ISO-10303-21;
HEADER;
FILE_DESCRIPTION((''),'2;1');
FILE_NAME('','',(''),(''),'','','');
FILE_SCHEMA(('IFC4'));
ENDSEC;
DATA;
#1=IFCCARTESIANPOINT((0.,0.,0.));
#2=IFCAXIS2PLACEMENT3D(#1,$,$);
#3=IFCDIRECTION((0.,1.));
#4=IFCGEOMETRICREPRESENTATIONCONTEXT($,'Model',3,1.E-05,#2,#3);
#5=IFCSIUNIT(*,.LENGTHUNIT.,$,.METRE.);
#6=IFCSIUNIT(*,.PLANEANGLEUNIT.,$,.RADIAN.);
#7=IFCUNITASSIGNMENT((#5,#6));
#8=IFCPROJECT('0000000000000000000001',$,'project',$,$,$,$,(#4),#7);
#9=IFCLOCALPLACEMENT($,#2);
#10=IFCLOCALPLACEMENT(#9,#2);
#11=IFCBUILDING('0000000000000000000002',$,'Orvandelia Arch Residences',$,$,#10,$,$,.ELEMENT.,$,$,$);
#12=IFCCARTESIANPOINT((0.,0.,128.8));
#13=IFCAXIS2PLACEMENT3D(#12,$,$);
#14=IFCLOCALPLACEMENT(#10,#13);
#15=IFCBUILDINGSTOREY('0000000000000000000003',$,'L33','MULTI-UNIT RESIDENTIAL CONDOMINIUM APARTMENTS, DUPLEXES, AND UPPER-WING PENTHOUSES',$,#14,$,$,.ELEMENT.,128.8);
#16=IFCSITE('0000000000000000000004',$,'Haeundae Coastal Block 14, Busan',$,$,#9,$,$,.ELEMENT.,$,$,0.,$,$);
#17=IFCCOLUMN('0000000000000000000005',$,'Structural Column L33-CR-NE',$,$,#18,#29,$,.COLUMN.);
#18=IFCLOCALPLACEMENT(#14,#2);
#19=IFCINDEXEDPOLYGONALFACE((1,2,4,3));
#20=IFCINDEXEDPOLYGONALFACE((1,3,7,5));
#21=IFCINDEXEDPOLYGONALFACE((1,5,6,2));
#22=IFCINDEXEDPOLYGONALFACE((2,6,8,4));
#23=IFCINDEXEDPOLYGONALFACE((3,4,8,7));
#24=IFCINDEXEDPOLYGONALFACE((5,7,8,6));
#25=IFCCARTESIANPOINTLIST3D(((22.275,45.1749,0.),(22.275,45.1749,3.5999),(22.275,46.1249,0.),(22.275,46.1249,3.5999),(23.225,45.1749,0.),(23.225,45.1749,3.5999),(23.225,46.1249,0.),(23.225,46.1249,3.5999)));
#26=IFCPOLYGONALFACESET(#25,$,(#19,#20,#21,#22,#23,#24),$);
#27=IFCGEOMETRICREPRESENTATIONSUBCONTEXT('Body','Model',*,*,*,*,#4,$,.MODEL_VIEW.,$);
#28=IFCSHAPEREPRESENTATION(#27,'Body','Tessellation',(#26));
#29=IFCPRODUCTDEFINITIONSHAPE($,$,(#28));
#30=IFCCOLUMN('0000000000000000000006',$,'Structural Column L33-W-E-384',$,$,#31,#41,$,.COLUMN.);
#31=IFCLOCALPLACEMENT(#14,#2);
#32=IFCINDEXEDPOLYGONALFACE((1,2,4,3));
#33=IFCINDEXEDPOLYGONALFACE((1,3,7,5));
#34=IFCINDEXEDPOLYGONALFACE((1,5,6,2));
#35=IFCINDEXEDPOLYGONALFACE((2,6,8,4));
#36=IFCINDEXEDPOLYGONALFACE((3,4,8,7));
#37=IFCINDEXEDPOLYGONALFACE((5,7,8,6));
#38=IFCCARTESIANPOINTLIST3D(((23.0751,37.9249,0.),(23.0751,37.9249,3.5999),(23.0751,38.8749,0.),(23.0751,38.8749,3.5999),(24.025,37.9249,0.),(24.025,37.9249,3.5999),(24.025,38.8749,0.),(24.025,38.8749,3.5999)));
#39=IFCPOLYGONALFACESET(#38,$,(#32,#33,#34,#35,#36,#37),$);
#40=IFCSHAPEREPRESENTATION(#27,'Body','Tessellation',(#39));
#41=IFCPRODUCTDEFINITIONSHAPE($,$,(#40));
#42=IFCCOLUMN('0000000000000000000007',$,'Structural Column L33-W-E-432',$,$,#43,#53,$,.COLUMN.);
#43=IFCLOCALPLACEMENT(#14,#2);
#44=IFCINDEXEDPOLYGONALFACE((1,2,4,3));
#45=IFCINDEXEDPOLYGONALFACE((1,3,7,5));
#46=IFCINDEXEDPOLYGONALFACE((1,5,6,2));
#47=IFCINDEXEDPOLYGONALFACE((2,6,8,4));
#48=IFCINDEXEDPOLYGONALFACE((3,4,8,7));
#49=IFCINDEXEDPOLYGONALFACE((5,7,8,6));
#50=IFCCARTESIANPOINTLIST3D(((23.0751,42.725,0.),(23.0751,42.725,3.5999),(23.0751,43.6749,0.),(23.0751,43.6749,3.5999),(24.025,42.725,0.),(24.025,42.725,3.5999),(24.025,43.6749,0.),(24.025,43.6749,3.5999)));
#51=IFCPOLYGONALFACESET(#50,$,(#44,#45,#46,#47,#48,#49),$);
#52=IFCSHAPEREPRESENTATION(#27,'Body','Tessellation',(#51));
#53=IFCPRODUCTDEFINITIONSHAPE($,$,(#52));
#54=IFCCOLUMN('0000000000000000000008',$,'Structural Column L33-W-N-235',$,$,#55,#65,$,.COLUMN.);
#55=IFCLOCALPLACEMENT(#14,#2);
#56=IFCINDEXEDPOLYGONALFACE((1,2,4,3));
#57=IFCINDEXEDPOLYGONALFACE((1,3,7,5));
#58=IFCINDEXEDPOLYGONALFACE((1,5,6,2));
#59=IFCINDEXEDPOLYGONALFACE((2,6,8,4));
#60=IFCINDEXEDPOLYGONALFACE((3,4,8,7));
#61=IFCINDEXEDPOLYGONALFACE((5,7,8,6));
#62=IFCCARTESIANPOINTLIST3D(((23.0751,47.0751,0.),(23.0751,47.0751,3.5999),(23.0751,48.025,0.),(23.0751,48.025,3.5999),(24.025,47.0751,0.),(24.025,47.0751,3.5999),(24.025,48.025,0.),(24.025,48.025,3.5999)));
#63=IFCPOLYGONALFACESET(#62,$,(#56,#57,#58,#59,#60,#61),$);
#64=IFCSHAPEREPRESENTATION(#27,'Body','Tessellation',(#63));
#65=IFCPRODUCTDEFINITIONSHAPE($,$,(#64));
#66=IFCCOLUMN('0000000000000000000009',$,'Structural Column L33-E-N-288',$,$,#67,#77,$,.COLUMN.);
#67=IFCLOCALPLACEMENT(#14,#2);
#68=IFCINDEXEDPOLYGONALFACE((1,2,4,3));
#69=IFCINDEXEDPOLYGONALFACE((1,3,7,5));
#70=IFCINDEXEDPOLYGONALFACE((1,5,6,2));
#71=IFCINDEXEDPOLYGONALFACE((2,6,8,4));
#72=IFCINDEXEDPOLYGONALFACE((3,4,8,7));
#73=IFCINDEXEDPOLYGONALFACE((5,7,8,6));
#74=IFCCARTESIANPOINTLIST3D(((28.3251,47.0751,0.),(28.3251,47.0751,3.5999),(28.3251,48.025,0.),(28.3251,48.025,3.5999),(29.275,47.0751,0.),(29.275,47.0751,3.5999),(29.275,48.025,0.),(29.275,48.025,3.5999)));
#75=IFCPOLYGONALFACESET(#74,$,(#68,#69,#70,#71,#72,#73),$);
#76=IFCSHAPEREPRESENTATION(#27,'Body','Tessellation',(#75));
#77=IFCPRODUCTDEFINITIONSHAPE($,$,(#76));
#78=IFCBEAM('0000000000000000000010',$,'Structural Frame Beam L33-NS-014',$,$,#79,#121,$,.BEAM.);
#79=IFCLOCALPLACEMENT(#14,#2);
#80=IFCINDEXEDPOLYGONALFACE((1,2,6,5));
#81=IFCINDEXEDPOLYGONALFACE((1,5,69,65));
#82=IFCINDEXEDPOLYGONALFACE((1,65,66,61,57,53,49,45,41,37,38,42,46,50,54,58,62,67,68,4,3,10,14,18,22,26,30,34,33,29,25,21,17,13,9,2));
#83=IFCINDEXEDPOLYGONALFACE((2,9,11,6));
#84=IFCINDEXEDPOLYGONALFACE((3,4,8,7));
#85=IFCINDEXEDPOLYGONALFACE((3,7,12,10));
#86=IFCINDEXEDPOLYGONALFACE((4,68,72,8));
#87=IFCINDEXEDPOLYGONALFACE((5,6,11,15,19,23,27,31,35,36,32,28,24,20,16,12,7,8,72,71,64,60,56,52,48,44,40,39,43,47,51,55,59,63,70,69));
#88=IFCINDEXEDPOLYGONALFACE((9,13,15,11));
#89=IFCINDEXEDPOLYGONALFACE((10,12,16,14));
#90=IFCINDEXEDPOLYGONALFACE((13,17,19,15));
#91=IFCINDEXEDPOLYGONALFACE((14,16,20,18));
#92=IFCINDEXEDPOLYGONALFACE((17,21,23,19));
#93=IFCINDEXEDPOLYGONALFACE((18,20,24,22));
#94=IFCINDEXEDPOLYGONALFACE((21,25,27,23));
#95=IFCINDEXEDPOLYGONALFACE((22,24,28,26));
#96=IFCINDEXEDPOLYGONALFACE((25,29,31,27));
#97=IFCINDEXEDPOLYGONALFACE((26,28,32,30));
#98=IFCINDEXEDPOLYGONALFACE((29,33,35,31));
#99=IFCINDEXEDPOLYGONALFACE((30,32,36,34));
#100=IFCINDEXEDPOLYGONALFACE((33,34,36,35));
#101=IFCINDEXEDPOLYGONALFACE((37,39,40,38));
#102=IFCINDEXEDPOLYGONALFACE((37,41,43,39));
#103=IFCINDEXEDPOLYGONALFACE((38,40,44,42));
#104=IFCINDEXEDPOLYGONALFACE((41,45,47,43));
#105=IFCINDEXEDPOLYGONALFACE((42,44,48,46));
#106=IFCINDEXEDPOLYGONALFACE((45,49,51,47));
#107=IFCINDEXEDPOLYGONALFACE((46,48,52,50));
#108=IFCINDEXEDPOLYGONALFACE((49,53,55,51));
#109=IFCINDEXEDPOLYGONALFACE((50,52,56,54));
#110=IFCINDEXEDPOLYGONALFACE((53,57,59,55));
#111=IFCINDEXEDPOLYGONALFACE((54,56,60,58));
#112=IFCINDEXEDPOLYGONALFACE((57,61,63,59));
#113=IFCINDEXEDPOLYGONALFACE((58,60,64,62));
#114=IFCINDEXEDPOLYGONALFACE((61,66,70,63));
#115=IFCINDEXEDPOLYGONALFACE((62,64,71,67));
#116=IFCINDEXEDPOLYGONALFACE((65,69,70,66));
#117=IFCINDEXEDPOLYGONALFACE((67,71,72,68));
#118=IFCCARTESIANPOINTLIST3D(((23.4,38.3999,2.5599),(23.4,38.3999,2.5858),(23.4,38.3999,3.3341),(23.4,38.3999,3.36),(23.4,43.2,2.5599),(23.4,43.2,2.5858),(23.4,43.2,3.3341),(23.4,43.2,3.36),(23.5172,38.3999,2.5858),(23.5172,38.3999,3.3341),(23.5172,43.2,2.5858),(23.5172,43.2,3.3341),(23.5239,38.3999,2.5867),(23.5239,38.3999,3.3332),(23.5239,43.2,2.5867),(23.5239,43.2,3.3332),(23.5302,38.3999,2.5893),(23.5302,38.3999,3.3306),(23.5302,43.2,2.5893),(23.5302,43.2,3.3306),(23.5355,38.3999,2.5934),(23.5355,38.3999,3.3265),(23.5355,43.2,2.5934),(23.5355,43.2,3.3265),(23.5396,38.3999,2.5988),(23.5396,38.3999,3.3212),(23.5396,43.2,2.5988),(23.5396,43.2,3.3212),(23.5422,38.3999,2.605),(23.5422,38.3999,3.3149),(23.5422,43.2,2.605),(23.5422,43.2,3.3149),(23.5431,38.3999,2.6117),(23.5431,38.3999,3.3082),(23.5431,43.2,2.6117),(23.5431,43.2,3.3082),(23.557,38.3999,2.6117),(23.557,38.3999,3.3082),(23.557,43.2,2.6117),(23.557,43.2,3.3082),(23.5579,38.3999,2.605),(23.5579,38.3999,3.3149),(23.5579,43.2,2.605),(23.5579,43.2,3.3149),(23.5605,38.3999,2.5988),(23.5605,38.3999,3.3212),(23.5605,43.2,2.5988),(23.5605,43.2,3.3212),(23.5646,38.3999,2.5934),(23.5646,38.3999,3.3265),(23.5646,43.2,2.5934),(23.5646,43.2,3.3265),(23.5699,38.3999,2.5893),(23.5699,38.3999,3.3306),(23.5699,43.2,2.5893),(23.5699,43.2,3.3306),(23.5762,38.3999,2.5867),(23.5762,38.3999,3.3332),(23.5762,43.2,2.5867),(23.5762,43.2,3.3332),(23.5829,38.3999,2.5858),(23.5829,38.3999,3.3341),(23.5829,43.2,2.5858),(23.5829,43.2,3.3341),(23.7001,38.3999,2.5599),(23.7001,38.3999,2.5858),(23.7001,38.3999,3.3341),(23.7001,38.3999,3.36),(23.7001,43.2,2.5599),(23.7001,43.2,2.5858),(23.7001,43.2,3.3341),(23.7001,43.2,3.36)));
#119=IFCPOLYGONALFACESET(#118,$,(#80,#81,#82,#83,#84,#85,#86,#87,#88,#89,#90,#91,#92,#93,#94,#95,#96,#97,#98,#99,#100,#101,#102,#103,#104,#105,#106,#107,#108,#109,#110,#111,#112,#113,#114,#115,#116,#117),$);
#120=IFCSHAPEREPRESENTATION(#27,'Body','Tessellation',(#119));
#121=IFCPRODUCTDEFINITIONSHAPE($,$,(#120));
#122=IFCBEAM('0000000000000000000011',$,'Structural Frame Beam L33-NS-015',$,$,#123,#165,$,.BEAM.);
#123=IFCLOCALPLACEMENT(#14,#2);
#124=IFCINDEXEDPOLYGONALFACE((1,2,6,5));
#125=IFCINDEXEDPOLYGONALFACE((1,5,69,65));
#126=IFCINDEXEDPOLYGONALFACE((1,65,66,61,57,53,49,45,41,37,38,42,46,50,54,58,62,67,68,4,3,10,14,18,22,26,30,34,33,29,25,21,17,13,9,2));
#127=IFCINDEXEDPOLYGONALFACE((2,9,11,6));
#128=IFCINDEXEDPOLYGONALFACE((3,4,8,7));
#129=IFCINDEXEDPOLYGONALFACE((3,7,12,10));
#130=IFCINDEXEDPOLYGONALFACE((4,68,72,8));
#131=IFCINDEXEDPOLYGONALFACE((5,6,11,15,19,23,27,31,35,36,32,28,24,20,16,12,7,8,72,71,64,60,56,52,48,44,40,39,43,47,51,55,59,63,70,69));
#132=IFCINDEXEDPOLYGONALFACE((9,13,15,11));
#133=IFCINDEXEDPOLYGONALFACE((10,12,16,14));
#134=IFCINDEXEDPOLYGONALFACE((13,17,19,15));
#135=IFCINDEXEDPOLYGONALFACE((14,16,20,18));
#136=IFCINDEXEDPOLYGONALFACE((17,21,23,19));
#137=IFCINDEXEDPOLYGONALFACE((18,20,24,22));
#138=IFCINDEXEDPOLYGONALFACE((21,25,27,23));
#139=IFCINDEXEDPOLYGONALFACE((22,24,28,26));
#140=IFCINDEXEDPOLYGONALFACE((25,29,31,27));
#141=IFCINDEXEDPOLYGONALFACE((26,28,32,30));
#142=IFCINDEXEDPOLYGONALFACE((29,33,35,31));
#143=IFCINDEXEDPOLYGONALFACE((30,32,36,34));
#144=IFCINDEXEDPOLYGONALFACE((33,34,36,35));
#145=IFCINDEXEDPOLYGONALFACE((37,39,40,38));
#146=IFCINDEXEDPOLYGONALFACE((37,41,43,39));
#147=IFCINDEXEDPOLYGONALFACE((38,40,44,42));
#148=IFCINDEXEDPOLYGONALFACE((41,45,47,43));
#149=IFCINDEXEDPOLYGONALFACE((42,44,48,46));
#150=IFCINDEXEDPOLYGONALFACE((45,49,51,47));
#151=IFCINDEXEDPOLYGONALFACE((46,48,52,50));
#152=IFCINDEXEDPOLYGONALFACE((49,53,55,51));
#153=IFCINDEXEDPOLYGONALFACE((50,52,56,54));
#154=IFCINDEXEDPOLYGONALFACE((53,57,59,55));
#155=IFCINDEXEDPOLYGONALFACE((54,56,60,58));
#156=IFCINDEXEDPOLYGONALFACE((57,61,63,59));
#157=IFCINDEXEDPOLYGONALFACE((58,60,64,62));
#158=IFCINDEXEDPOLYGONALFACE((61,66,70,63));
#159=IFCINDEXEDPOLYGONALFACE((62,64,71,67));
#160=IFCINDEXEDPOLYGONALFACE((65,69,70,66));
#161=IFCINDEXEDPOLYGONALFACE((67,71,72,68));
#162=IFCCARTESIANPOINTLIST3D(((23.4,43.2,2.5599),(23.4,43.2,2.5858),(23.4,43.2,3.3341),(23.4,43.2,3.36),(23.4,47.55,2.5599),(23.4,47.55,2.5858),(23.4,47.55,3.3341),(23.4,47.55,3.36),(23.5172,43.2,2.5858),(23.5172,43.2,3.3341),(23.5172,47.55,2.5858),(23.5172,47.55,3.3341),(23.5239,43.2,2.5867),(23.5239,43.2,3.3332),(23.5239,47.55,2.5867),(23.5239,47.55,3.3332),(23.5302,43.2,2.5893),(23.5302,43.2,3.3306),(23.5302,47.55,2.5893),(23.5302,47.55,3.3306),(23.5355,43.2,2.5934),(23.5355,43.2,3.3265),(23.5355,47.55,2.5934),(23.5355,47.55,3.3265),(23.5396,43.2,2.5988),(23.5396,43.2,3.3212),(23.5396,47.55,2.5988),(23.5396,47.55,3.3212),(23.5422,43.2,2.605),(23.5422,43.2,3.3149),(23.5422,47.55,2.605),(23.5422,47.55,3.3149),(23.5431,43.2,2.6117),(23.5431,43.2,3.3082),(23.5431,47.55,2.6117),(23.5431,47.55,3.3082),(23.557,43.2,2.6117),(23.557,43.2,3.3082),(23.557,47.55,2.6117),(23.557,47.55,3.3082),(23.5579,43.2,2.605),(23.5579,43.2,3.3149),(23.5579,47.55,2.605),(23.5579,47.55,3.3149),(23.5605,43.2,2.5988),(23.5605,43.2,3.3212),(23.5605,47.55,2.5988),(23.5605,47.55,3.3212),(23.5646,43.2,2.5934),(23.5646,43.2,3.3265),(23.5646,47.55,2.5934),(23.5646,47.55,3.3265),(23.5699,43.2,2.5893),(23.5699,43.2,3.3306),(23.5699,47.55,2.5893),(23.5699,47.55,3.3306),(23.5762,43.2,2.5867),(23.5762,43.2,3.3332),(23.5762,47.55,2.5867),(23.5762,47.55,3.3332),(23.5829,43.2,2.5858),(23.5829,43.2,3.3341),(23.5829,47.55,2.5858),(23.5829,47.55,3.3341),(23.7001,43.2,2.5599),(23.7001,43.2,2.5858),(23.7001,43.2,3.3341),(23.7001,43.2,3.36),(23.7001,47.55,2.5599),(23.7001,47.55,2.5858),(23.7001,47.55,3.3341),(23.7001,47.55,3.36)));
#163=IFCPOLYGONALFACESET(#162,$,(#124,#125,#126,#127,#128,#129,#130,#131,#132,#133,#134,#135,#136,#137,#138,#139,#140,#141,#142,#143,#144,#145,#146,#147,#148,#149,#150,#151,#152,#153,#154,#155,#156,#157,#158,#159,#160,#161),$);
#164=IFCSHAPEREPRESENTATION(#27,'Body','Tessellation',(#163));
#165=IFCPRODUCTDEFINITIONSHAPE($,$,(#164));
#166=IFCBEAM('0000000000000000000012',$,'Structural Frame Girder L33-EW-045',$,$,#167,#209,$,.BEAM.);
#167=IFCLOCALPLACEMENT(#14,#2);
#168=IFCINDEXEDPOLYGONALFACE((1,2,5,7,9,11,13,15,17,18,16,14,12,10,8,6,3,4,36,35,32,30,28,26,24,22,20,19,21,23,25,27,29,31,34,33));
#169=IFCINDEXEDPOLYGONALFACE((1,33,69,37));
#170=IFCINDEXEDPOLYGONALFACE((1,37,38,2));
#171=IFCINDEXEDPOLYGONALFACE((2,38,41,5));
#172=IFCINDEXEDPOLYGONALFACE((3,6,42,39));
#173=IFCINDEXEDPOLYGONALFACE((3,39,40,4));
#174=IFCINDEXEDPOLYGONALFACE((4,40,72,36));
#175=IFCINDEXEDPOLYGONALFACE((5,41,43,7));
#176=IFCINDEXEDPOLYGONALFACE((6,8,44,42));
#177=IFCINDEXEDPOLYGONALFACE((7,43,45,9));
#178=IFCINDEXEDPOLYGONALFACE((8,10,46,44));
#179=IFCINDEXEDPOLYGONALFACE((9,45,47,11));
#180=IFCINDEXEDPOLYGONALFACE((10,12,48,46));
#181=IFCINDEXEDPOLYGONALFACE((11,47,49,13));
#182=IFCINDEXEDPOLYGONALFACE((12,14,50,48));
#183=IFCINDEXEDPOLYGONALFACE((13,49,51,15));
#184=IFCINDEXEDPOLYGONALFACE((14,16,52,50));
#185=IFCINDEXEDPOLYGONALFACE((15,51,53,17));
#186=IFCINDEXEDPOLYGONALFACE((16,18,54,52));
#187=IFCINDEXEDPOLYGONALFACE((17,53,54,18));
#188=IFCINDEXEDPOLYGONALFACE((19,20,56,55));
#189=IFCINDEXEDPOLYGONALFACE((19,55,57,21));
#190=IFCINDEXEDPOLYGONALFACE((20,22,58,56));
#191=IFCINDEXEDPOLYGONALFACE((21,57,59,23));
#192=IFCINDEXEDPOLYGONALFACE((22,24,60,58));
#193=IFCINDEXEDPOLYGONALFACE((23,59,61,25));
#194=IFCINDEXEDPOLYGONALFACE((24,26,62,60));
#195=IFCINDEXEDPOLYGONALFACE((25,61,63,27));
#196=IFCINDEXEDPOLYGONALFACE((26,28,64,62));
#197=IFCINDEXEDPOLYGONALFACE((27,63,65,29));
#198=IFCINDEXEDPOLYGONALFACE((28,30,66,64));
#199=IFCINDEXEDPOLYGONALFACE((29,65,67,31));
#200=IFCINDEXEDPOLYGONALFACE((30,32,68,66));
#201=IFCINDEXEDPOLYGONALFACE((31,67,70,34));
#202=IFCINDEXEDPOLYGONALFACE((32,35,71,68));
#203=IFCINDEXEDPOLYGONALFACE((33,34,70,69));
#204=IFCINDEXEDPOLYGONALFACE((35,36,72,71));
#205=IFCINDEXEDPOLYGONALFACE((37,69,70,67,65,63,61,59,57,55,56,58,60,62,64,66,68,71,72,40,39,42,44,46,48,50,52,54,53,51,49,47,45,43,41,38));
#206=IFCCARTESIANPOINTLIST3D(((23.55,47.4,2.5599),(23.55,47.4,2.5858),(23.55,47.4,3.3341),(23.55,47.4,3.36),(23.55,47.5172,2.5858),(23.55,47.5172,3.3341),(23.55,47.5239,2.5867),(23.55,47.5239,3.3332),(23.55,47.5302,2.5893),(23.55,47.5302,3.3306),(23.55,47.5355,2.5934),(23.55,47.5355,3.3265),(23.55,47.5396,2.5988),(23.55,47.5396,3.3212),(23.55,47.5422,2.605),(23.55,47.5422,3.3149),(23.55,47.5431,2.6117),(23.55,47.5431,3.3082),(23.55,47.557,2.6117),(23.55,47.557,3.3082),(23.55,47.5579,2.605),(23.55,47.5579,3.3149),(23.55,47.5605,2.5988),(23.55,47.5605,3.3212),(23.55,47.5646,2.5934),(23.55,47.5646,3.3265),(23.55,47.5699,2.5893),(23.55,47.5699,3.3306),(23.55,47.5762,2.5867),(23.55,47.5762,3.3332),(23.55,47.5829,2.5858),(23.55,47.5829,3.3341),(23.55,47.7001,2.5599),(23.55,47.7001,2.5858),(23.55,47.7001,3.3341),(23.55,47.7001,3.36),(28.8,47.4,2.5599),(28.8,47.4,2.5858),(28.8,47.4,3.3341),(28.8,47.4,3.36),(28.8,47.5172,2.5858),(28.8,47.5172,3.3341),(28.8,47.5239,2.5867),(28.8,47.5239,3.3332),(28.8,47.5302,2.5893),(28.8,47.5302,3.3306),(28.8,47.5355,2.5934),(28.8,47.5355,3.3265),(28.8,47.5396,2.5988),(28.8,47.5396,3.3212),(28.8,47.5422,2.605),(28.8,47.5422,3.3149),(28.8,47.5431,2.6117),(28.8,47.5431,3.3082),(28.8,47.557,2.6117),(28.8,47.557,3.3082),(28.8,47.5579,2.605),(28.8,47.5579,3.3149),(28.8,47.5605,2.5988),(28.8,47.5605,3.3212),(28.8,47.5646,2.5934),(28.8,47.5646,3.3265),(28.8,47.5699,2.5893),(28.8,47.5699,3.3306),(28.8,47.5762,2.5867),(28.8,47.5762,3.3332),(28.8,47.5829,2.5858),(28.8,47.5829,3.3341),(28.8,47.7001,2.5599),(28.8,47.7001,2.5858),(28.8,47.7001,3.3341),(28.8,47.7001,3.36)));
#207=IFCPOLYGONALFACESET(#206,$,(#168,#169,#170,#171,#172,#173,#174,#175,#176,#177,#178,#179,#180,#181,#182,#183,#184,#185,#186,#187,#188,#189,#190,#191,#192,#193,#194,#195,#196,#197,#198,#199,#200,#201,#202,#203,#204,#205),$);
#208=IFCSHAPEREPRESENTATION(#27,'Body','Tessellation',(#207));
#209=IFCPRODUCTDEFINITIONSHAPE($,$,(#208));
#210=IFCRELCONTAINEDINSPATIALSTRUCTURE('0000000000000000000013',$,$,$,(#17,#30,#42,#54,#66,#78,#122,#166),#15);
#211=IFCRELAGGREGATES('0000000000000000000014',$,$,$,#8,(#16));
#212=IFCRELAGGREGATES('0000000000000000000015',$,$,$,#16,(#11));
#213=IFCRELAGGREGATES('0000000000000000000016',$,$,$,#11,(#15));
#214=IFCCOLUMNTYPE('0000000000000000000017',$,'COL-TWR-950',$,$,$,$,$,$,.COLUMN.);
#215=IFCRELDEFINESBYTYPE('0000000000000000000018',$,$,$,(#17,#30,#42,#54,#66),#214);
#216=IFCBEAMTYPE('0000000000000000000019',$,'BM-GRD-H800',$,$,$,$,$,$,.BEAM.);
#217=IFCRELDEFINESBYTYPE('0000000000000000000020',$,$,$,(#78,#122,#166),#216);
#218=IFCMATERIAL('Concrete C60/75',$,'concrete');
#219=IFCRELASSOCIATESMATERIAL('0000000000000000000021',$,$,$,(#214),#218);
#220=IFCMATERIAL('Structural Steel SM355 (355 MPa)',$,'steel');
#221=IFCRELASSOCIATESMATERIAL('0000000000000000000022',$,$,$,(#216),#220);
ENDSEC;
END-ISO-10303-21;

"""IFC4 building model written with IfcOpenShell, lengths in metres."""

from ifc_helpers import new_model, si_unit, direction, frame, origin, origin_2d, place, context, subcontext, project, spatial, rectangle, i_section, extrude, material, material_profile, profile_set, type_object, element, save


model = new_model("IFC4")

# Units and contexts
model_context = context("Model", 3, precision=1e-05, world=origin(), true_north=direction((0.0, 1.0)))
body_context = subcontext(model_context, "Body", "Model", "MODEL_VIEW")
ifc_project = project(units=[si_unit("LENGTHUNIT", "METRE"), si_unit("PLANEANGLEUNIT", "RADIAN")], contexts=[model_context])

# Site, building, storey
site_placement = place(None, origin())
site = spatial("IfcSite", under=ifc_project, at=site_placement, Name="Haeundae Coastal Block 14, Busan", CompositionType="ELEMENT", RefElevation=0.0)
building_placement = place(site_placement, origin())
building = spatial("IfcBuilding", under=site, at=building_placement, Name="Orvandelia Arch Residences", CompositionType="ELEMENT")
storey_placement = place(building_placement, frame((0.0, 0.0, 128.8)))
storey = spatial("IfcBuildingStorey", under=building, at=storey_placement, Name="L33", Description="MULTI-UNIT RESIDENTIAL CONDOMINIUM APARTMENTS, DUPLEXES, AND UPPER-WING PENTHOUSES", CompositionType="ELEMENT", Elevation=128.8)

# Columns
ifc_material_1 = material(Name="Concrete C60/75", Category="concrete")
ifc_material_profile_1 = material_profile(ifc_material_1, rectangle(XDim=0.95, YDim=0.95, at=origin_2d()), Name="Concrete C60/75", Category="concrete")
ifc_profile_set_1 = profile_set([ifc_material_profile_1], Name="Concrete C60/75")
column_type = type_object("IfcColumnType", Name="COL-TWR-950", PredefinedType="COLUMN", material=ifc_profile_set_1)
for number, where, z_axis, x_axis, name in (
    (1, (22.75, 45.6499, 0.0), (0.0, 0.0, 1.0), (1.0, 0.0, 0.0), "Structural Column L33-CR-NE"),
    (2, (23.55, 38.3999, 0.0), (0.0, 0.0, 1.0), (1.0, 0.0, 0.0), "Structural Column L33-W-E-384"),
    (3, (23.55, 43.2, 0.0), (0.0, 0.0, 1.0), (1.0, 0.0, 0.0), "Structural Column L33-W-E-432"),
    (4, (23.55, 47.55, 0.0), (0.0, 0.0, 1.0), (1.0, 0.0, 0.0), "Structural Column L33-W-N-235"),
    (5, (28.8, 47.55, 0.0), (0.0, 0.0, 1.0), (1.0, 0.0, 0.0), "Structural Column L33-E-N-288"),
):
    element("IfcColumn", number, at=place(storey_placement, frame(where, z_axis=z_axis, x_axis=x_axis)), inside=storey, type_object=column_type, Name=name, PredefinedType="COLUMN", context=body_context, shape_type="SweptSolid", body=[
        extrude(rectangle(XDim=0.95, YDim=0.95, at=origin_2d()), origin(), (0.0, 0.0, 1.0), 3.5999),
    ])

# Beams
ifc_material_2 = material(Name="Structural Steel SM355 (355 MPa)", Category="steel")
ifc_material_profile_2 = material_profile(ifc_material_2, i_section(OverallWidth=0.3, OverallDepth=0.8, WebThickness=0.0139, FlangeThickness=0.0259, FilletRadius=0.0259, at=origin_2d()), Name="Structural Steel SM355 (355 MPa)", Category="steel")
ifc_profile_set_2 = profile_set([ifc_material_profile_2], Name="Structural Steel SM355 (355 MPa)")
beam_type = type_object("IfcBeamType", Name="BM-GRD-H800", PredefinedType="BEAM", material=ifc_profile_set_2)
beam_1_placement = place(storey_placement, frame((23.55, 38.3999, 2.96), z_axis=(0.0, 1.0, 0.0), x_axis=(-1.0, 0.0, 0.0)))
element("IfcBeam", 6, at=beam_1_placement, inside=storey, type_object=beam_type, Name="Structural Frame Beam L33-NS-014", PredefinedType="BEAM", context=body_context, shape_type="SweptSolid", body=[
    extrude(i_section(OverallWidth=0.3, OverallDepth=0.8, WebThickness=0.0139, FlangeThickness=0.0259, FilletRadius=0.0259, at=origin_2d()), origin(), (0.0, 0.0, 1.0), 4.8),
])
beam_2_placement = place(storey_placement, frame((23.55, 43.2, 2.96), z_axis=(0.0, 1.0, 0.0), x_axis=(-1.0, 0.0, 0.0)))
element("IfcBeam", 7, at=beam_2_placement, inside=storey, type_object=beam_type, Name="Structural Frame Beam L33-NS-015", PredefinedType="BEAM", context=body_context, shape_type="SweptSolid", body=[
    extrude(i_section(OverallWidth=0.3, OverallDepth=0.8, WebThickness=0.0139, FlangeThickness=0.0259, FilletRadius=0.0259, at=origin_2d()), origin(), (0.0, 0.0, 1.0), 4.3501),
])
beam_3_placement = place(storey_placement, frame((23.55, 47.55, 2.96), z_axis=(1.0, 0.0, 0.0), x_axis=(0.0, 1.0, 0.0)))
element("IfcBeam", 8, at=beam_3_placement, inside=storey, type_object=beam_type, Name="Structural Frame Girder L33-EW-045", PredefinedType="BEAM", context=body_context, shape_type="SweptSolid", body=[
    extrude(i_section(OverallWidth=0.3, OverallDepth=0.8, WebThickness=0.0139, FlangeThickness=0.0259, FilletRadius=0.0259, at=origin_2d()), origin(), (0.0, 0.0, 1.0), 5.25),
])

save(model, "model.ifc")
